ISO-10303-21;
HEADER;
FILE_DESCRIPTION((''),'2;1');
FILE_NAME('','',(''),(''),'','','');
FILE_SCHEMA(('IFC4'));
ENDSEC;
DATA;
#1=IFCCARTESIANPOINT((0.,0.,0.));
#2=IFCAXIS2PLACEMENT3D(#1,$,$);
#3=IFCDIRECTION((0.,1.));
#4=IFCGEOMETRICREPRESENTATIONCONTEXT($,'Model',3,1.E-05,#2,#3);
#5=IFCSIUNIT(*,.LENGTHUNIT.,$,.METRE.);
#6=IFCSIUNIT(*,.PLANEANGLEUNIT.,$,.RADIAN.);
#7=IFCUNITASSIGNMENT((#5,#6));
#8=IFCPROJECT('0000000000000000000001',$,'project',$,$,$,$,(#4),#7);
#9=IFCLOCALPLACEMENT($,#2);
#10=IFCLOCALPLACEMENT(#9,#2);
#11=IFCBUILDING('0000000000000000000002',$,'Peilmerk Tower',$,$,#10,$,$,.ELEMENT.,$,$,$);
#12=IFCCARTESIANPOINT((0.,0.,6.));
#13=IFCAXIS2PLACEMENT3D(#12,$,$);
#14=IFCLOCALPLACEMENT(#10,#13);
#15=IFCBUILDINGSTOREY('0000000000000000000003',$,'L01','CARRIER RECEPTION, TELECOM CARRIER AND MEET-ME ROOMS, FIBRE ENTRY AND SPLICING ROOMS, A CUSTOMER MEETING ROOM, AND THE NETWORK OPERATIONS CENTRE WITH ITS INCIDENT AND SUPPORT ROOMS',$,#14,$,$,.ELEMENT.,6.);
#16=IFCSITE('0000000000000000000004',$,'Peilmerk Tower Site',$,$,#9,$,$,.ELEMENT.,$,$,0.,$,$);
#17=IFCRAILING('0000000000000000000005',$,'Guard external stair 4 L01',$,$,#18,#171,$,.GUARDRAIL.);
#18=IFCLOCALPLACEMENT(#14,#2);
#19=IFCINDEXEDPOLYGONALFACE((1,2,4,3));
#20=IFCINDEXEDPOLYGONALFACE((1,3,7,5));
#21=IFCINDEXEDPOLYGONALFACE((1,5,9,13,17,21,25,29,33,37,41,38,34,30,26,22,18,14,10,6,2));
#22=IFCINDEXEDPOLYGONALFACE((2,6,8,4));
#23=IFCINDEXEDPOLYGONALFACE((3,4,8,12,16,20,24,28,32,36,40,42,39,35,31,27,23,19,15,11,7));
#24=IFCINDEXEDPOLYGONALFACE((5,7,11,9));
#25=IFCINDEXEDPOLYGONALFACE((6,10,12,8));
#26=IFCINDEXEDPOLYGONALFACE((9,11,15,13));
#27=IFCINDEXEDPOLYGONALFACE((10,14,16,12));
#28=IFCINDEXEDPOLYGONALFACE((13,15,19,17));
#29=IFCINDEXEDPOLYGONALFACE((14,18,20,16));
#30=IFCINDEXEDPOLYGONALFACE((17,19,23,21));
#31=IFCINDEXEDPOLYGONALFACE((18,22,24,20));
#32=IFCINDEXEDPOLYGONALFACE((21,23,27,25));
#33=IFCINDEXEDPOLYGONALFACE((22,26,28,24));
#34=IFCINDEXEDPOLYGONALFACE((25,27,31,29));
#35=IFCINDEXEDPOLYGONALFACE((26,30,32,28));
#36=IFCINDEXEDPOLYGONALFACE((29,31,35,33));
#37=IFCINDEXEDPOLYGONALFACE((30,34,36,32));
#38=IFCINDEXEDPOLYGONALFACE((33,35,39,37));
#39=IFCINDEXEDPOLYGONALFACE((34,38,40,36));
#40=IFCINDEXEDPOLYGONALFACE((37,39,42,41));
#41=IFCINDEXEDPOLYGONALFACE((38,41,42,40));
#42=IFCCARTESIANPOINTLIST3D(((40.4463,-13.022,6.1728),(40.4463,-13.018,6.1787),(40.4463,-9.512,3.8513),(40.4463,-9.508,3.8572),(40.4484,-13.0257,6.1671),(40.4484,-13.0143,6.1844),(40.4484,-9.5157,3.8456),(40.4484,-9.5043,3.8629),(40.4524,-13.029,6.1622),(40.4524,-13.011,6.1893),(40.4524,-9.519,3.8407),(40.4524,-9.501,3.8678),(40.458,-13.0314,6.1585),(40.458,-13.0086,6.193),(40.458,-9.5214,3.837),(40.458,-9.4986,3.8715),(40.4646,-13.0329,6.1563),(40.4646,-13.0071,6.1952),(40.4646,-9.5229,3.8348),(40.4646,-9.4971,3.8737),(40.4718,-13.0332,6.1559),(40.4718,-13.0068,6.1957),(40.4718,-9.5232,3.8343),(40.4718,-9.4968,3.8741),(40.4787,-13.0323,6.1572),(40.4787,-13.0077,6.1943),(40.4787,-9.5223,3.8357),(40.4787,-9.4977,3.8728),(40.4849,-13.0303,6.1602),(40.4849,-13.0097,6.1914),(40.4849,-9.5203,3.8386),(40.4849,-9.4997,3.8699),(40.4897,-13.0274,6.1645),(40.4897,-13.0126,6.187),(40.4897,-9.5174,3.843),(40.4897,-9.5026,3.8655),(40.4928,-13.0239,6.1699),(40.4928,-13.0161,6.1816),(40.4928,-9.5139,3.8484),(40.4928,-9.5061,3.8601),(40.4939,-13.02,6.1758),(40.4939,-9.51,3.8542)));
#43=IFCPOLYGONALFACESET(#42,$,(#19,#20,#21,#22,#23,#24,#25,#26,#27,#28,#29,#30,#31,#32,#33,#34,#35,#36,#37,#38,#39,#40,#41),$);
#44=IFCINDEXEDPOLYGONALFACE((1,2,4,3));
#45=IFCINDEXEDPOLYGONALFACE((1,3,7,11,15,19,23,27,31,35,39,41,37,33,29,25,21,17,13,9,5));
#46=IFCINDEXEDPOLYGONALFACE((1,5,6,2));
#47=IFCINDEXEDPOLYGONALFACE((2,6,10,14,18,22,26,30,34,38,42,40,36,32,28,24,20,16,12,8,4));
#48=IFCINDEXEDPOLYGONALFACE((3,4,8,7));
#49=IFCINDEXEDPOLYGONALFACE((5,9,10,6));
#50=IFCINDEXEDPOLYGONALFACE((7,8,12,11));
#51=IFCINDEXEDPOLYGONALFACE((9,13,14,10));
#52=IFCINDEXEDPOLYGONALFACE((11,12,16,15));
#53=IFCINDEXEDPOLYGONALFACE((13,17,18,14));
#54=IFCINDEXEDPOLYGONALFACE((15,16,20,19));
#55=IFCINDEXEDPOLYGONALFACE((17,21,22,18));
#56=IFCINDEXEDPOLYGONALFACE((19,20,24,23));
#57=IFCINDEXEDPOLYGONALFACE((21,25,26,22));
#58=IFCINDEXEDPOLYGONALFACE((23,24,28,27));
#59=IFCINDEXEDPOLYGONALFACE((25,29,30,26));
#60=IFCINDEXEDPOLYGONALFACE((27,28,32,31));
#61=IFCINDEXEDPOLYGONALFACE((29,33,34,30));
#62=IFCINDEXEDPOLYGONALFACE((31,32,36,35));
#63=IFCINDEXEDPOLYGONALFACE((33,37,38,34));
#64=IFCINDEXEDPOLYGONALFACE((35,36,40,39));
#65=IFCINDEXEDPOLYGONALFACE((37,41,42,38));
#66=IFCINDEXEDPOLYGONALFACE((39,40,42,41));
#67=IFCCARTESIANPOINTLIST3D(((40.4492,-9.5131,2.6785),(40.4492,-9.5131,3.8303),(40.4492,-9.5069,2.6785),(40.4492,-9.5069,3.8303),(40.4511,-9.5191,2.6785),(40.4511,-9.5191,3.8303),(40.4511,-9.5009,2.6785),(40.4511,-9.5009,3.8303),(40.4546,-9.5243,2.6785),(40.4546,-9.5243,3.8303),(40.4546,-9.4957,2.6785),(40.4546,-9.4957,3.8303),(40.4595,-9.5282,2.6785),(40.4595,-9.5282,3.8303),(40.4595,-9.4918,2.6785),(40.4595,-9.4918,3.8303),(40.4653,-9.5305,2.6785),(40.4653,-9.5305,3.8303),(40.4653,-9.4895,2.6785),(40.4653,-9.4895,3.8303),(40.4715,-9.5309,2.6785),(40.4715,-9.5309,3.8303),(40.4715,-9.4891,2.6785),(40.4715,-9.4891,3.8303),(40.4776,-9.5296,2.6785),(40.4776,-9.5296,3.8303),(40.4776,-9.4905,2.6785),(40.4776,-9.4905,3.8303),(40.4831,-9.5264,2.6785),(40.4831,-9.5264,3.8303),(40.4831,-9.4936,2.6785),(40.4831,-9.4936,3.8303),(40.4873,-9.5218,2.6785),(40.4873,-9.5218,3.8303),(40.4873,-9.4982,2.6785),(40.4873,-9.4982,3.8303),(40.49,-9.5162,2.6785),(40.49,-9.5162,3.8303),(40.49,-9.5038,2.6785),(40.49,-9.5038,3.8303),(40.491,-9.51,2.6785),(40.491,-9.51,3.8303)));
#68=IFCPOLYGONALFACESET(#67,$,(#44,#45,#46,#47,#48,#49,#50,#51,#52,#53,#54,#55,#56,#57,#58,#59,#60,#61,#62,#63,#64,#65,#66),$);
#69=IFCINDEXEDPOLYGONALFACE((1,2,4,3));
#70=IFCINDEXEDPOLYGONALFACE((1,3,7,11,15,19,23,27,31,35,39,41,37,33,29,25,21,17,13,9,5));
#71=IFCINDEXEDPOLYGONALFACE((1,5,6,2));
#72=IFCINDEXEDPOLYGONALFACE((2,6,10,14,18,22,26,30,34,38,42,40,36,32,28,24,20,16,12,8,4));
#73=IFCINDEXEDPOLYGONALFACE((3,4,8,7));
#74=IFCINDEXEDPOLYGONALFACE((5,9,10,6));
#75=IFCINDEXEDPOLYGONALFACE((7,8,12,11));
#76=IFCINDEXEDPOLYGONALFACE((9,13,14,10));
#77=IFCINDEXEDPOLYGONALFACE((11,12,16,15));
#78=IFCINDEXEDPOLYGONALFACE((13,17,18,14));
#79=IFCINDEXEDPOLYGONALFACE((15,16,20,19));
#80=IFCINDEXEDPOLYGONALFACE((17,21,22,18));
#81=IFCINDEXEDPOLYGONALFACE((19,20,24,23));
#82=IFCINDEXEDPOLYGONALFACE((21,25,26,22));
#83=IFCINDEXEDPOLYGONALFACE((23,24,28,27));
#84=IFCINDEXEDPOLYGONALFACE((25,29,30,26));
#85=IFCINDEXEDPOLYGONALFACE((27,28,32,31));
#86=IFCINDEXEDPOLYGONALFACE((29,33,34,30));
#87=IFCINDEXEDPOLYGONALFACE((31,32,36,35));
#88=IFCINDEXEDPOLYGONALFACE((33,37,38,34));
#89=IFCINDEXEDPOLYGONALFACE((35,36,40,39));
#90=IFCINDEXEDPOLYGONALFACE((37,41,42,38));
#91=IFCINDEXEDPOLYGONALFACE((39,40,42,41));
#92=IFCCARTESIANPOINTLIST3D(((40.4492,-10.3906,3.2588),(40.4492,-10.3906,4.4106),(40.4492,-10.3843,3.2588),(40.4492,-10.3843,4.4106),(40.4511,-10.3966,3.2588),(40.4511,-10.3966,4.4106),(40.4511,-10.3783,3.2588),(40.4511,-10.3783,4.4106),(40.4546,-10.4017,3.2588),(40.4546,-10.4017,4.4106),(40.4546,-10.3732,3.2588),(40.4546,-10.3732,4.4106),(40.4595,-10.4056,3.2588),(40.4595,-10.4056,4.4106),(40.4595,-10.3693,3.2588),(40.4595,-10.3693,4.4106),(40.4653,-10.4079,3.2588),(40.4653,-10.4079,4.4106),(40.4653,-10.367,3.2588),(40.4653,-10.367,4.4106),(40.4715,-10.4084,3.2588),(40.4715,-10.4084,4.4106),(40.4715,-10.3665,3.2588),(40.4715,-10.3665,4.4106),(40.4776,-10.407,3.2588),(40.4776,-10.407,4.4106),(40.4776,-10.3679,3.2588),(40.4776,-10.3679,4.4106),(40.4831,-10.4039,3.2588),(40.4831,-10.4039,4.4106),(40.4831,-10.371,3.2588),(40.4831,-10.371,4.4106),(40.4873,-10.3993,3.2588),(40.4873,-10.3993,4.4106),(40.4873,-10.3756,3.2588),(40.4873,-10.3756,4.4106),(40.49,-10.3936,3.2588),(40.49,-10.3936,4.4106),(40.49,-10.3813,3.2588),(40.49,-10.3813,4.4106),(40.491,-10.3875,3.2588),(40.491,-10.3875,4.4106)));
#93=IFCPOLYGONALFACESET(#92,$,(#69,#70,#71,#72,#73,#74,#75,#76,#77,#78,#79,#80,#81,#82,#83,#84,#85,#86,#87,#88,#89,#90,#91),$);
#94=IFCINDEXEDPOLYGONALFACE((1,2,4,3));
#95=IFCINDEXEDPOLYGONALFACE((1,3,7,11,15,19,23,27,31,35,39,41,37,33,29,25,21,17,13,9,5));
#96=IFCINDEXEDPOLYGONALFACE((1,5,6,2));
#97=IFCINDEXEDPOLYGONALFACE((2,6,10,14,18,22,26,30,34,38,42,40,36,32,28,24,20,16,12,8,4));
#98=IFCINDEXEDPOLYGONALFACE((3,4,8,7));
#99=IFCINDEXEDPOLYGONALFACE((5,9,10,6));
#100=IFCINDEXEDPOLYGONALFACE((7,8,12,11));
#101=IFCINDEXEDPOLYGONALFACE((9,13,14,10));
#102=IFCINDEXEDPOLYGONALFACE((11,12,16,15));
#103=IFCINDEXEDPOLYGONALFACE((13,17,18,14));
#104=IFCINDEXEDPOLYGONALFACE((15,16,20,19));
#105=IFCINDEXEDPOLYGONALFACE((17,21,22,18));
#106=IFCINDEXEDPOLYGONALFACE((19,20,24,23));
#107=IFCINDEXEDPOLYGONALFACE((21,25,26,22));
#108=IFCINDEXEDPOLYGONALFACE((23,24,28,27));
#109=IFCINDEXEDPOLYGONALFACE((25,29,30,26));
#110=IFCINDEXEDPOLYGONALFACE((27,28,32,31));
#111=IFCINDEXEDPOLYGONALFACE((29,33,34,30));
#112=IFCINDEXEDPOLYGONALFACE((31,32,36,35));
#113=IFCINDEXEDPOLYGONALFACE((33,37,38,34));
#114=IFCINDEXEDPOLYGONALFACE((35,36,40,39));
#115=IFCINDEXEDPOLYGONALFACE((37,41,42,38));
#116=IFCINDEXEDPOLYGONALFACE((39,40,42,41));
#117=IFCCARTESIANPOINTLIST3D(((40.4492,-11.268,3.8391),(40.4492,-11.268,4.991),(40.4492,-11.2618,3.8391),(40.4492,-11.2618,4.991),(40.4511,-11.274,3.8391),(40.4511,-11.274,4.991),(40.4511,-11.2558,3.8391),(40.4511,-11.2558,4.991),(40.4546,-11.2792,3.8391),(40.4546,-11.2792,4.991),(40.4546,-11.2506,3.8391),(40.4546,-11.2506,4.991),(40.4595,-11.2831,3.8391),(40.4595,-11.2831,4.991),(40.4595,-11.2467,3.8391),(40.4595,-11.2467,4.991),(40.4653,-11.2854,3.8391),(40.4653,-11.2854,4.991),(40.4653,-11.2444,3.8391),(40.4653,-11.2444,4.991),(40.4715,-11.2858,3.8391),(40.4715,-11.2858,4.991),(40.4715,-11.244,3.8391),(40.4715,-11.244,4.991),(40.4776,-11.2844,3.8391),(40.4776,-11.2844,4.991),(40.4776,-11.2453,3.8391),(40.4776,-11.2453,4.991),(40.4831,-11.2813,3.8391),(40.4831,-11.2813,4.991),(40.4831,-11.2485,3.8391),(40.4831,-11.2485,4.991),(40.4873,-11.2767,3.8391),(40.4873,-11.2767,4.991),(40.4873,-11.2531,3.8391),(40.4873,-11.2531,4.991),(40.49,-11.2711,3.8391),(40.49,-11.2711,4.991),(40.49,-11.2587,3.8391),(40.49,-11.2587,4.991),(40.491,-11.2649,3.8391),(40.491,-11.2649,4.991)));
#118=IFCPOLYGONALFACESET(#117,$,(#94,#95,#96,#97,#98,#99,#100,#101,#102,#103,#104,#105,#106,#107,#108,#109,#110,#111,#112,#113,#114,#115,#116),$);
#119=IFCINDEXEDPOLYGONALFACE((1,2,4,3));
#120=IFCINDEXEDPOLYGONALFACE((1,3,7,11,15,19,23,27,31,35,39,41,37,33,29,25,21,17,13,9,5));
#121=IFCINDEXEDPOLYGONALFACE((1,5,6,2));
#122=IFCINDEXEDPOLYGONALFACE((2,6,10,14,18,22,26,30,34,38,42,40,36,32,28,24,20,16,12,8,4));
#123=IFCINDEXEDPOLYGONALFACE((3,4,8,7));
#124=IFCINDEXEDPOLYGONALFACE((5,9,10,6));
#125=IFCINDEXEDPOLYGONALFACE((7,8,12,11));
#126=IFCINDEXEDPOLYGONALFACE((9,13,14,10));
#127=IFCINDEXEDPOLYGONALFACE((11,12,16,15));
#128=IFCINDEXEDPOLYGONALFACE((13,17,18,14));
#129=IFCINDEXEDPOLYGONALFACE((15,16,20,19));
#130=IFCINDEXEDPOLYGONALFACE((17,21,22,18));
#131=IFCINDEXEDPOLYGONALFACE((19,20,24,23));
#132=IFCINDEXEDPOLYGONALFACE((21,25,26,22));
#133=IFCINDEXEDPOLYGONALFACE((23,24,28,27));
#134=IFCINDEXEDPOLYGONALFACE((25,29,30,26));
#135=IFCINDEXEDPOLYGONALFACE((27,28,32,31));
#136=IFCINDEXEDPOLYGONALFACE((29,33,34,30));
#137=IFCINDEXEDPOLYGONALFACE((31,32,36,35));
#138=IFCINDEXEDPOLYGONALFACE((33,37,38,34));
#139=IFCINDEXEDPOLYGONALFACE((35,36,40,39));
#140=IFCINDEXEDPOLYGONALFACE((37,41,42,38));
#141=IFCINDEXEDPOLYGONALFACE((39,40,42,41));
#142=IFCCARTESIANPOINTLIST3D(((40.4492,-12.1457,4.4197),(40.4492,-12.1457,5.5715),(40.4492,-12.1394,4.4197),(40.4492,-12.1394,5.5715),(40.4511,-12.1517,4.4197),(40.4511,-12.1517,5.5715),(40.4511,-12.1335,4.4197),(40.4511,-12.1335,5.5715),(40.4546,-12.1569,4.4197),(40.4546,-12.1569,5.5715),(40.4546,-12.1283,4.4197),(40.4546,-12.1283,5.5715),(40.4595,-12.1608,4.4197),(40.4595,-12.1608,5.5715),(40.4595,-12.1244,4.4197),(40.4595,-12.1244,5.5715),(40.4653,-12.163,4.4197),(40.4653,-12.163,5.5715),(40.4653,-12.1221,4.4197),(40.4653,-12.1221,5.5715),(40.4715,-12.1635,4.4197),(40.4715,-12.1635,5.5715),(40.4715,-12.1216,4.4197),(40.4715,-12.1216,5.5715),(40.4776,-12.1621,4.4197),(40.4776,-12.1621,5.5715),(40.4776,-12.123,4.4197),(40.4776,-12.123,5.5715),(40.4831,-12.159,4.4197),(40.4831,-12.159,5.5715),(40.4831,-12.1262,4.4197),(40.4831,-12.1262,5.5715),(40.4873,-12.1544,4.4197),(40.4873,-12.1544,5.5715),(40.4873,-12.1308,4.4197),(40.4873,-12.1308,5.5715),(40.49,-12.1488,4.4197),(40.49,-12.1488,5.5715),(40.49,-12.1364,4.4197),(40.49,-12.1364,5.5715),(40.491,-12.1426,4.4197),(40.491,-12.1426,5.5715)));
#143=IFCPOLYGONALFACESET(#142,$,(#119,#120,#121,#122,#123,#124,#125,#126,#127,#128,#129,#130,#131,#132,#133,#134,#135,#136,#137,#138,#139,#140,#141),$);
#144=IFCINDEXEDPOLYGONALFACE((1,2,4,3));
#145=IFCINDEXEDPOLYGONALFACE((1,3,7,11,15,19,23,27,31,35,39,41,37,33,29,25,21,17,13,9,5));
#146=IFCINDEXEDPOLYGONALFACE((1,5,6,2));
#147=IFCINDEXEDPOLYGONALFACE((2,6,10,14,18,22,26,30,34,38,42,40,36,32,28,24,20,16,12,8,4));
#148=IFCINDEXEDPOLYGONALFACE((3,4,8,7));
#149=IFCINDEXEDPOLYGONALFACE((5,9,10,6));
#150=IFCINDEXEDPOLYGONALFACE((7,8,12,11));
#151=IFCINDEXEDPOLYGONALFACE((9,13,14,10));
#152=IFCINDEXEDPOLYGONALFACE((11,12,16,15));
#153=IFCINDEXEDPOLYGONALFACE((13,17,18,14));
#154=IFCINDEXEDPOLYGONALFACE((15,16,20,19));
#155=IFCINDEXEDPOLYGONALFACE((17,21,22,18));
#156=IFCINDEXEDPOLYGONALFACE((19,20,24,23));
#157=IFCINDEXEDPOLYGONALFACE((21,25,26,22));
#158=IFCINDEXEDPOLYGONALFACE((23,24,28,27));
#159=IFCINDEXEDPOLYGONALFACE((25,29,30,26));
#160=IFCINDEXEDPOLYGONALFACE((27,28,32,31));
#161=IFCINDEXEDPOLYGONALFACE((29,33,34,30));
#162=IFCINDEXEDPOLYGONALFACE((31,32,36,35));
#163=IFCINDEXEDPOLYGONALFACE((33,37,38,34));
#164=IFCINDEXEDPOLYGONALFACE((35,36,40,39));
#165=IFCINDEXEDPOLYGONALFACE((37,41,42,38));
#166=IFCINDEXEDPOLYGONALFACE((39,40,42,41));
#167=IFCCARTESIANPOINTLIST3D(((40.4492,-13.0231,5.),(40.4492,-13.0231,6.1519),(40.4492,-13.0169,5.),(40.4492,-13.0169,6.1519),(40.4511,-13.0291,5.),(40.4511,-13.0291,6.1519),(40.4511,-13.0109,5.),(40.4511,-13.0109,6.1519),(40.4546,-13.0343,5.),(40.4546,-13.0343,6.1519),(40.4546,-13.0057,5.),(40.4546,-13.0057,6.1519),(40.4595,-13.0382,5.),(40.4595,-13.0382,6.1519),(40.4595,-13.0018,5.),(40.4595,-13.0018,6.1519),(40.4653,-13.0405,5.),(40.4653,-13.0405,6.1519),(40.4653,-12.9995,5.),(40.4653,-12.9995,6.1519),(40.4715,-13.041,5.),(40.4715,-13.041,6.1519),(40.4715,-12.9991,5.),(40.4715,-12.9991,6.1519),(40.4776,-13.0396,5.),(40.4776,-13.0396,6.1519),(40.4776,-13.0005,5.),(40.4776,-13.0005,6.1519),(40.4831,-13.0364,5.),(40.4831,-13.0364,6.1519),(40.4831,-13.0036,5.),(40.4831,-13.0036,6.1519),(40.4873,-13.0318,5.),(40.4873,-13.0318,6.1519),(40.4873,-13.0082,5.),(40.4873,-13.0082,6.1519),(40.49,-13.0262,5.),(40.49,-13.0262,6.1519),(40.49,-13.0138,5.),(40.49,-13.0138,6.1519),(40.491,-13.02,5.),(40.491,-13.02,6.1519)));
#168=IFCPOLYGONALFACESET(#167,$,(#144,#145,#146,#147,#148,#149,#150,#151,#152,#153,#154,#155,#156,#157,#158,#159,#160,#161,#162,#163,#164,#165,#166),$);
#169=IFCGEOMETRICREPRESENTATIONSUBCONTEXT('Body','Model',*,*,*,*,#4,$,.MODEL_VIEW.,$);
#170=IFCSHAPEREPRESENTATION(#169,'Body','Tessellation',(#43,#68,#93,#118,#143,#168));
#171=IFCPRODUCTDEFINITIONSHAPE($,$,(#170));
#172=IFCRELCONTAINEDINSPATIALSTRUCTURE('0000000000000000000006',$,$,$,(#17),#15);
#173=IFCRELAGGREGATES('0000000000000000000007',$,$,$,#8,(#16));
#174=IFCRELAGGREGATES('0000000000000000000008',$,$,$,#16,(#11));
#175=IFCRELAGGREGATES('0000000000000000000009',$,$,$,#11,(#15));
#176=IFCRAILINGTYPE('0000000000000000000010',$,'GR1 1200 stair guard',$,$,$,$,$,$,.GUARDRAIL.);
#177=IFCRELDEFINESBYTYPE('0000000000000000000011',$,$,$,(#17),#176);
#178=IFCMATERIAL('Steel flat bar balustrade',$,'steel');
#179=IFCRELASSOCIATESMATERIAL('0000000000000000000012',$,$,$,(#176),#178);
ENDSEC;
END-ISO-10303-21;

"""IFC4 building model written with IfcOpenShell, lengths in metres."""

from ifc_helpers import new_model, si_unit, direction, frame, origin, origin_2d, place, context, subcontext, project, spatial, circle, extrude, material, type_object, element, save


model = new_model("IFC4")

# Units and contexts
model_context = context("Model", 3, precision=1e-05, world=origin(), true_north=direction((0.0, 1.0)))
body_context = subcontext(model_context, "Body", "Model", "MODEL_VIEW")
ifc_project = project(units=[si_unit("LENGTHUNIT", "METRE"), si_unit("PLANEANGLEUNIT", "RADIAN")], contexts=[model_context])

# Site, building, storey
site_placement = place(None, origin())
site = spatial("IfcSite", under=ifc_project, at=site_placement, Name="Peilmerk Tower Site", CompositionType="ELEMENT", RefElevation=0.0)
building_placement = place(site_placement, origin())
building = spatial("IfcBuilding", under=site, at=building_placement, Name="Peilmerk Tower", CompositionType="ELEMENT")
storey_placement = place(building_placement, frame((0.0, 0.0, 6.0)))
storey = spatial("IfcBuildingStorey", under=building, at=storey_placement, Name="L01", Description="CARRIER RECEPTION, TELECOM CARRIER AND MEET-ME ROOMS, FIBRE ENTRY AND SPLICING ROOMS, A CUSTOMER MEETING ROOM, AND THE NETWORK OPERATIONS CENTRE WITH ITS INCIDENT AND SUPPORT ROOMS", CompositionType="ELEMENT", Elevation=6.0)

# Railing
ifc_material_1 = material(Name="Steel flat bar balustrade", Category="steel")
railing_type_1 = type_object("IfcRailingType", Name="GR1 1200 stair guard", PredefinedType="GUARDRAIL", material=ifc_material_1)
for number, where, name in (
    (1, (40.47, -9.51, 2.6785), "Guard external stair 4 L01"),
):
    element("IfcRailing", number, at=place(storey_placement, frame(where)), inside=storey, type_object=railing_type_1, Name=name, PredefinedType="GUARDRAIL", context=body_context, shape_type="SweptSolid", body=[
        extrude(circle(Radius=0.0239, at=origin_2d()), frame((0.0, 0.0, 1.1758), z_axis=(0.0, -0.834071, 0.551657), x_axis=(1.0, 0.0, 0.0)), (0.0, 0.0, 1.0), 4.2083),
        extrude(circle(Radius=0.021, at=origin_2d()), origin(), (0.0, 0.0, 1.0), 1.1519),
        extrude(circle(Radius=0.021, at=origin_2d()), frame((0.0, -0.8774, 0.5803)), (0.0, 0.0, 1.0), 1.1519),
        extrude(circle(Radius=0.021, at=origin_2d()), frame((0.0, -1.7549, 1.1606)), (0.0, 0.0, 1.0), 1.1519),
        extrude(circle(Radius=0.021, at=origin_2d()), frame((0.0, -2.6326, 1.7412)), (0.0, 0.0, 1.0), 1.1519),
        extrude(circle(Radius=0.021, at=origin_2d()), frame((0.0, -3.51, 2.3215)), (0.0, 0.0, 1.0), 1.1519),
    ])

save(model, "model.ifc")
